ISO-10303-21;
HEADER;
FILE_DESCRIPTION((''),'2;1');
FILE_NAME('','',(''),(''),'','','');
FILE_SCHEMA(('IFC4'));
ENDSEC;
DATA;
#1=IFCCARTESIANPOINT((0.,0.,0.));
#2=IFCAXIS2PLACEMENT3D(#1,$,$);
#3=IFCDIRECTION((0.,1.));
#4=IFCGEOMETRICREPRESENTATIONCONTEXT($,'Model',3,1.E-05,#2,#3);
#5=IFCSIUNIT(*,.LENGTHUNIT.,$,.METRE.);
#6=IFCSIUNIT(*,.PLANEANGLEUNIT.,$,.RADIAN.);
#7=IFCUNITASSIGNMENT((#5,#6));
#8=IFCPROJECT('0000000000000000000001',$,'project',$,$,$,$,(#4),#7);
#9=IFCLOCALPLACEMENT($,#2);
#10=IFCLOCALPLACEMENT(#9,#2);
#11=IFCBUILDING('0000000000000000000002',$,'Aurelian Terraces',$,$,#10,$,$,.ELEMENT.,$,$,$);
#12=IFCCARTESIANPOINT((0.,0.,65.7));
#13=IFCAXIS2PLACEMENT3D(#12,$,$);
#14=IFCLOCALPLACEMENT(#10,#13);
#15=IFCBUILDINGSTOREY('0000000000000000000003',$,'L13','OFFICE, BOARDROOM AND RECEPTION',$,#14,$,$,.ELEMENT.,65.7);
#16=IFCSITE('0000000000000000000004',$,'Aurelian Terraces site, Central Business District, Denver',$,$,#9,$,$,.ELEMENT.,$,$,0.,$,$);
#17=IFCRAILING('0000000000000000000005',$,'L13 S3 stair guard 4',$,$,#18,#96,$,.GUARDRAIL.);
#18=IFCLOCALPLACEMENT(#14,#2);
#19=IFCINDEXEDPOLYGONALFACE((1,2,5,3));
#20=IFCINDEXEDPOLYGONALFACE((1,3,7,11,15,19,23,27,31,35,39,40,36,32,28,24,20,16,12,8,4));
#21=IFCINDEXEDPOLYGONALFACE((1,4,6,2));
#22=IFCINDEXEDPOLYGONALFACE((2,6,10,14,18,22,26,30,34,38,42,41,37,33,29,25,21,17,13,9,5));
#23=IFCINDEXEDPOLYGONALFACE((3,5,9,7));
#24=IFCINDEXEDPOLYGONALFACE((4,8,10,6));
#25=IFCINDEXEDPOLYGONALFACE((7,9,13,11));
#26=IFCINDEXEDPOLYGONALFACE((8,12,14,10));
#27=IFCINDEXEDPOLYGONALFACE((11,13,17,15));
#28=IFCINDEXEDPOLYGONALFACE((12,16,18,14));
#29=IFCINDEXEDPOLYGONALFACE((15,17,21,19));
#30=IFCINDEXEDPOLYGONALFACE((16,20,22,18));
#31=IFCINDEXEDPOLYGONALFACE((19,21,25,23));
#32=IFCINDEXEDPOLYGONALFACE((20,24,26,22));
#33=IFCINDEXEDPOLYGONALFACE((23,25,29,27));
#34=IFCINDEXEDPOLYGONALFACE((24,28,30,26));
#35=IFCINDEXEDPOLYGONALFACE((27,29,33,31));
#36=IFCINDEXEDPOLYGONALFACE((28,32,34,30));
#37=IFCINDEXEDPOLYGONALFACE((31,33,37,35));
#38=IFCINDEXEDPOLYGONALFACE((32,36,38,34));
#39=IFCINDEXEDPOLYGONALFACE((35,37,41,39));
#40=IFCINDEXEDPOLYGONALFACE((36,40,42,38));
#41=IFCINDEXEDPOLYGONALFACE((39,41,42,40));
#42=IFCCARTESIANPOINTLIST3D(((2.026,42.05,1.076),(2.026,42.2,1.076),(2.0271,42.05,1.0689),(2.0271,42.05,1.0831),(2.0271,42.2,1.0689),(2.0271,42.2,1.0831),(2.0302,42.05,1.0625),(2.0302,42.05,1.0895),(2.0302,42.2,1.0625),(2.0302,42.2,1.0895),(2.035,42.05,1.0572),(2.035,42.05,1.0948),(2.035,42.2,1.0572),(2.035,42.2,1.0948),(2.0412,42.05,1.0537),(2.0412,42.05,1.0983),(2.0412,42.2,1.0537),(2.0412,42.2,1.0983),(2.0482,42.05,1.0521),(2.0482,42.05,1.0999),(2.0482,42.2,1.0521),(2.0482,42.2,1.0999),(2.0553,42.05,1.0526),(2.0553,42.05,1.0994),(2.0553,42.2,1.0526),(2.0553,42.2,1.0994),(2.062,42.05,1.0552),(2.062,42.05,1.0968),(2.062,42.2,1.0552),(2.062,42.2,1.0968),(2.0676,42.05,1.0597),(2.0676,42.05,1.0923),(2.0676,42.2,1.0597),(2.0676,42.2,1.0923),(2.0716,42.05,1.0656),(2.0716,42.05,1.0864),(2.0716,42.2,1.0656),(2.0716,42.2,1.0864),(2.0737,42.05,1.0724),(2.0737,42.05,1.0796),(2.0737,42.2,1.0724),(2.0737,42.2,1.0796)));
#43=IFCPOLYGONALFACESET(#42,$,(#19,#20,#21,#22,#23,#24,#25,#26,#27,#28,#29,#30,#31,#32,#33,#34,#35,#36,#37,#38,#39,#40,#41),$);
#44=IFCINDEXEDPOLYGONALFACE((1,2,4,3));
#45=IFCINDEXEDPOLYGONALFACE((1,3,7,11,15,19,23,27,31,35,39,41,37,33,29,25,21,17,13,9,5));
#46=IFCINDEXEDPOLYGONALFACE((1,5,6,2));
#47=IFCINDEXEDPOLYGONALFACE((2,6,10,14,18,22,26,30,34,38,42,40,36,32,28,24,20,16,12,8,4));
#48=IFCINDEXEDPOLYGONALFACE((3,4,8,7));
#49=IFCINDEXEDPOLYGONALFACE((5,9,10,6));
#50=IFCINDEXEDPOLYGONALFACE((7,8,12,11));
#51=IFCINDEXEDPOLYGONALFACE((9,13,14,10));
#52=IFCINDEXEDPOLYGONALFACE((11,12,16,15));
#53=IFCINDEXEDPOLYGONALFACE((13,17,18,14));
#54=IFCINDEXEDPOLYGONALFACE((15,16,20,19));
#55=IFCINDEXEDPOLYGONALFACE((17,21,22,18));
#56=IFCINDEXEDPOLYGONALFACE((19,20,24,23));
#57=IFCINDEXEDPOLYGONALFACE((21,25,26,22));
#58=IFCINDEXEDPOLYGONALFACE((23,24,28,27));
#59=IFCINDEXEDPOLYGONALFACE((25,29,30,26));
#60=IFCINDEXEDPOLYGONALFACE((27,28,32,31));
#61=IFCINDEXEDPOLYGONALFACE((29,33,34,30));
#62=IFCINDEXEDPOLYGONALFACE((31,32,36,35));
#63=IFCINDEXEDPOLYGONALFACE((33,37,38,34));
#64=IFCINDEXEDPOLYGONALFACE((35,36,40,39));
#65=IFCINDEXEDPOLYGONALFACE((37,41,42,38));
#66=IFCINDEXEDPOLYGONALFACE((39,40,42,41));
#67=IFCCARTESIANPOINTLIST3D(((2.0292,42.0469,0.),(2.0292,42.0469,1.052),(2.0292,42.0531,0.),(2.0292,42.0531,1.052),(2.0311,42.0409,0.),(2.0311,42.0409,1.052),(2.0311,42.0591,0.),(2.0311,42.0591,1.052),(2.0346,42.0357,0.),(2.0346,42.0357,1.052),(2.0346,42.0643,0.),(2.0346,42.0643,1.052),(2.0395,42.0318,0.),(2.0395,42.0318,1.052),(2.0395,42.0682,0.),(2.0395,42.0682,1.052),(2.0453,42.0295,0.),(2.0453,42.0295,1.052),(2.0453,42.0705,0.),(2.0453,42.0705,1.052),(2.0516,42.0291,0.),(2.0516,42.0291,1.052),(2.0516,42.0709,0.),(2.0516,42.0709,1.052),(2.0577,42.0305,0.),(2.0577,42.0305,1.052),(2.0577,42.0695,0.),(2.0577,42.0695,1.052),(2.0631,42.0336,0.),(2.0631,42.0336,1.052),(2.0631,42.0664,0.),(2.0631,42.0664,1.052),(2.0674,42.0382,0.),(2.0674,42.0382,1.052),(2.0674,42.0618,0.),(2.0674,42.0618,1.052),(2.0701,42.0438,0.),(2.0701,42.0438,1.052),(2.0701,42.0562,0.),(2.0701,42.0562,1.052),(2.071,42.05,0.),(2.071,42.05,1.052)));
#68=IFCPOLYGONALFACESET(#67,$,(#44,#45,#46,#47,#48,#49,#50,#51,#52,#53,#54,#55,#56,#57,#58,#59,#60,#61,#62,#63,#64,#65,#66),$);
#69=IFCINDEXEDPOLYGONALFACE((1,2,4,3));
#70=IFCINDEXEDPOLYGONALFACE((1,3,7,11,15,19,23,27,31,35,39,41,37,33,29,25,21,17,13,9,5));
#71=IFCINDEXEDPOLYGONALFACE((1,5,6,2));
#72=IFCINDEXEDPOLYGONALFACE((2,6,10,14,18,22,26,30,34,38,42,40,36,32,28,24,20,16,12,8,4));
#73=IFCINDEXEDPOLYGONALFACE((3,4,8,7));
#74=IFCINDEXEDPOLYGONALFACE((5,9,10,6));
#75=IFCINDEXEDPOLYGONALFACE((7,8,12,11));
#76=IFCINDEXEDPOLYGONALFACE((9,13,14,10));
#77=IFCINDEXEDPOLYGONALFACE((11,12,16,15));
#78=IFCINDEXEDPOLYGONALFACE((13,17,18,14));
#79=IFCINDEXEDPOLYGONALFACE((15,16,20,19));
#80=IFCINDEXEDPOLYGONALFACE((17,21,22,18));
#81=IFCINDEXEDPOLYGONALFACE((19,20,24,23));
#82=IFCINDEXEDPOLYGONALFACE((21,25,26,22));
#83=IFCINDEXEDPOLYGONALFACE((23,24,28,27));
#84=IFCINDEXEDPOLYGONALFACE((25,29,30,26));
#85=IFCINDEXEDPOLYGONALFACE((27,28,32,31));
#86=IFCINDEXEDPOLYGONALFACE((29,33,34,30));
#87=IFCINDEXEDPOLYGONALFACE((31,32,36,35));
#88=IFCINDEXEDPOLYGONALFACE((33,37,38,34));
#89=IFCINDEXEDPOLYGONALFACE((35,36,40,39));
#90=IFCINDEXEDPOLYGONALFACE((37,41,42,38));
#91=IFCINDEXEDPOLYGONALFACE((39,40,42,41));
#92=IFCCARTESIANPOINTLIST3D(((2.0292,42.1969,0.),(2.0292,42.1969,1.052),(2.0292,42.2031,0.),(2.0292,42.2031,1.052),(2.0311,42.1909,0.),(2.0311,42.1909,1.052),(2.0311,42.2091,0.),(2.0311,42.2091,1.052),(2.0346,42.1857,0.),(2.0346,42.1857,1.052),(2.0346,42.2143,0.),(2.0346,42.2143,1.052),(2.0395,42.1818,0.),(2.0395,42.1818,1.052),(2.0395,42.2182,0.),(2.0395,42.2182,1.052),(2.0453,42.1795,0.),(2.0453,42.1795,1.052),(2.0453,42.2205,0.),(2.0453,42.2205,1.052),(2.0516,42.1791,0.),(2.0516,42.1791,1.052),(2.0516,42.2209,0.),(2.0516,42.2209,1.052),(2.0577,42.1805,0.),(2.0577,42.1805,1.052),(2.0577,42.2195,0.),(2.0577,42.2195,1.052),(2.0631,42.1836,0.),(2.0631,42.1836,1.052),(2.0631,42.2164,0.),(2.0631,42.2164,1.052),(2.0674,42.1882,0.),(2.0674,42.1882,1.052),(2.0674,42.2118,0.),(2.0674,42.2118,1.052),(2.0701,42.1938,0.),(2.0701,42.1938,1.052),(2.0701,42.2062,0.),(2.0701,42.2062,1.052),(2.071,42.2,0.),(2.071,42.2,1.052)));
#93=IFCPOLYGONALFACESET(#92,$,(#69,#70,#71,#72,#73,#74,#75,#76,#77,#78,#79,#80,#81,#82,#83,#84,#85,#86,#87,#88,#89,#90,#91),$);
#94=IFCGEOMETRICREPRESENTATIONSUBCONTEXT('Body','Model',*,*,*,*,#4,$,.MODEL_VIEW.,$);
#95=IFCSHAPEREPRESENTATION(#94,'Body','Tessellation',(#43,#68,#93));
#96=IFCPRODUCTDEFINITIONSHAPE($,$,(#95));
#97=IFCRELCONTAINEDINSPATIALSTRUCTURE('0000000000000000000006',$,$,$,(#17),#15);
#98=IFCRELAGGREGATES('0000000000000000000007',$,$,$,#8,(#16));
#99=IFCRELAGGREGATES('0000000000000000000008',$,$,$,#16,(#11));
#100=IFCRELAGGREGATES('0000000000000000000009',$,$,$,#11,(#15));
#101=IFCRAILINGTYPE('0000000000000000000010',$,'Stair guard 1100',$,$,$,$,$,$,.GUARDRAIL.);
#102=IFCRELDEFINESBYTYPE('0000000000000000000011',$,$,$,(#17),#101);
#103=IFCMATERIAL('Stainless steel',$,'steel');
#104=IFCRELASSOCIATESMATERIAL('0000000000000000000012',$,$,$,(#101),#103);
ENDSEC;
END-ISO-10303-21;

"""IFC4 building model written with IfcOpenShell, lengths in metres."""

from ifc_helpers import new_model, si_unit, direction, frame, origin, origin_2d, place, context, subcontext, project, spatial, circle, extrude, source, transform, mapped, material, type_object, element, save


model = new_model("IFC4")

# Units and contexts
model_context = context("Model", 3, precision=1e-05, world=origin(), true_north=direction((0.0, 1.0)))
body_context = subcontext(model_context, "Body", "Model", "MODEL_VIEW")
ifc_project = project(units=[si_unit("LENGTHUNIT", "METRE"), si_unit("PLANEANGLEUNIT", "RADIAN")], contexts=[model_context])

# Site, building, storey
site_placement = place(None, origin())
site = spatial("IfcSite", under=ifc_project, at=site_placement, Name="Aurelian Terraces site, Central Business District, Denver", CompositionType="ELEMENT", RefElevation=0.0)
building_placement = place(site_placement, origin())
building = spatial("IfcBuilding", under=site, at=building_placement, Name="Aurelian Terraces", CompositionType="ELEMENT")
storey_placement = place(building_placement, frame((0.0, 0.0, 65.7)))
storey = spatial("IfcBuildingStorey", under=building, at=storey_placement, Name="L13", Description="OFFICE, BOARDROOM AND RECEPTION", CompositionType="ELEMENT", Elevation=65.7)

# Railing
ifc_material_1 = material(Name="Stainless steel", Category="steel")
railing_type_1 = type_object("IfcRailingType", Name="Stair guard 1100", PredefinedType="GUARDRAIL", material=ifc_material_1)
shared_shape_1 = source(origin(), body_context, "Body", "SweptSolid", [
    extrude(circle(Radius=0.024, at=origin_2d()), frame((0.0, 0.0, 1.076), z_axis=(0.0, 1.0, 0.0), x_axis=(-1.0, 0.0, 0.0)), (0.0, 0.0, 1.0), 0.15),
    extrude(circle(Radius=0.021, at=origin_2d()), origin(), (0.0, 0.0, 1.0), 1.052),
    extrude(circle(Radius=0.021, at=origin_2d()), frame((0.0, 0.15, 0.0)), (0.0, 0.0, 1.0), 1.052),
])
railing_1_placement = place(storey_placement, frame((2.05, 42.05, 0.0)))
element("IfcRailing", 1, at=railing_1_placement, inside=storey, type_object=railing_type_1, Name="L13 S3 stair guard 4", PredefinedType="GUARDRAIL", context=body_context, shape_type="MappedRepresentation", body=[
    mapped(shared_shape_1, transform((0.0, 0.0, 0.0), scale=1.0)),
])

save(model, "model.ifc")
